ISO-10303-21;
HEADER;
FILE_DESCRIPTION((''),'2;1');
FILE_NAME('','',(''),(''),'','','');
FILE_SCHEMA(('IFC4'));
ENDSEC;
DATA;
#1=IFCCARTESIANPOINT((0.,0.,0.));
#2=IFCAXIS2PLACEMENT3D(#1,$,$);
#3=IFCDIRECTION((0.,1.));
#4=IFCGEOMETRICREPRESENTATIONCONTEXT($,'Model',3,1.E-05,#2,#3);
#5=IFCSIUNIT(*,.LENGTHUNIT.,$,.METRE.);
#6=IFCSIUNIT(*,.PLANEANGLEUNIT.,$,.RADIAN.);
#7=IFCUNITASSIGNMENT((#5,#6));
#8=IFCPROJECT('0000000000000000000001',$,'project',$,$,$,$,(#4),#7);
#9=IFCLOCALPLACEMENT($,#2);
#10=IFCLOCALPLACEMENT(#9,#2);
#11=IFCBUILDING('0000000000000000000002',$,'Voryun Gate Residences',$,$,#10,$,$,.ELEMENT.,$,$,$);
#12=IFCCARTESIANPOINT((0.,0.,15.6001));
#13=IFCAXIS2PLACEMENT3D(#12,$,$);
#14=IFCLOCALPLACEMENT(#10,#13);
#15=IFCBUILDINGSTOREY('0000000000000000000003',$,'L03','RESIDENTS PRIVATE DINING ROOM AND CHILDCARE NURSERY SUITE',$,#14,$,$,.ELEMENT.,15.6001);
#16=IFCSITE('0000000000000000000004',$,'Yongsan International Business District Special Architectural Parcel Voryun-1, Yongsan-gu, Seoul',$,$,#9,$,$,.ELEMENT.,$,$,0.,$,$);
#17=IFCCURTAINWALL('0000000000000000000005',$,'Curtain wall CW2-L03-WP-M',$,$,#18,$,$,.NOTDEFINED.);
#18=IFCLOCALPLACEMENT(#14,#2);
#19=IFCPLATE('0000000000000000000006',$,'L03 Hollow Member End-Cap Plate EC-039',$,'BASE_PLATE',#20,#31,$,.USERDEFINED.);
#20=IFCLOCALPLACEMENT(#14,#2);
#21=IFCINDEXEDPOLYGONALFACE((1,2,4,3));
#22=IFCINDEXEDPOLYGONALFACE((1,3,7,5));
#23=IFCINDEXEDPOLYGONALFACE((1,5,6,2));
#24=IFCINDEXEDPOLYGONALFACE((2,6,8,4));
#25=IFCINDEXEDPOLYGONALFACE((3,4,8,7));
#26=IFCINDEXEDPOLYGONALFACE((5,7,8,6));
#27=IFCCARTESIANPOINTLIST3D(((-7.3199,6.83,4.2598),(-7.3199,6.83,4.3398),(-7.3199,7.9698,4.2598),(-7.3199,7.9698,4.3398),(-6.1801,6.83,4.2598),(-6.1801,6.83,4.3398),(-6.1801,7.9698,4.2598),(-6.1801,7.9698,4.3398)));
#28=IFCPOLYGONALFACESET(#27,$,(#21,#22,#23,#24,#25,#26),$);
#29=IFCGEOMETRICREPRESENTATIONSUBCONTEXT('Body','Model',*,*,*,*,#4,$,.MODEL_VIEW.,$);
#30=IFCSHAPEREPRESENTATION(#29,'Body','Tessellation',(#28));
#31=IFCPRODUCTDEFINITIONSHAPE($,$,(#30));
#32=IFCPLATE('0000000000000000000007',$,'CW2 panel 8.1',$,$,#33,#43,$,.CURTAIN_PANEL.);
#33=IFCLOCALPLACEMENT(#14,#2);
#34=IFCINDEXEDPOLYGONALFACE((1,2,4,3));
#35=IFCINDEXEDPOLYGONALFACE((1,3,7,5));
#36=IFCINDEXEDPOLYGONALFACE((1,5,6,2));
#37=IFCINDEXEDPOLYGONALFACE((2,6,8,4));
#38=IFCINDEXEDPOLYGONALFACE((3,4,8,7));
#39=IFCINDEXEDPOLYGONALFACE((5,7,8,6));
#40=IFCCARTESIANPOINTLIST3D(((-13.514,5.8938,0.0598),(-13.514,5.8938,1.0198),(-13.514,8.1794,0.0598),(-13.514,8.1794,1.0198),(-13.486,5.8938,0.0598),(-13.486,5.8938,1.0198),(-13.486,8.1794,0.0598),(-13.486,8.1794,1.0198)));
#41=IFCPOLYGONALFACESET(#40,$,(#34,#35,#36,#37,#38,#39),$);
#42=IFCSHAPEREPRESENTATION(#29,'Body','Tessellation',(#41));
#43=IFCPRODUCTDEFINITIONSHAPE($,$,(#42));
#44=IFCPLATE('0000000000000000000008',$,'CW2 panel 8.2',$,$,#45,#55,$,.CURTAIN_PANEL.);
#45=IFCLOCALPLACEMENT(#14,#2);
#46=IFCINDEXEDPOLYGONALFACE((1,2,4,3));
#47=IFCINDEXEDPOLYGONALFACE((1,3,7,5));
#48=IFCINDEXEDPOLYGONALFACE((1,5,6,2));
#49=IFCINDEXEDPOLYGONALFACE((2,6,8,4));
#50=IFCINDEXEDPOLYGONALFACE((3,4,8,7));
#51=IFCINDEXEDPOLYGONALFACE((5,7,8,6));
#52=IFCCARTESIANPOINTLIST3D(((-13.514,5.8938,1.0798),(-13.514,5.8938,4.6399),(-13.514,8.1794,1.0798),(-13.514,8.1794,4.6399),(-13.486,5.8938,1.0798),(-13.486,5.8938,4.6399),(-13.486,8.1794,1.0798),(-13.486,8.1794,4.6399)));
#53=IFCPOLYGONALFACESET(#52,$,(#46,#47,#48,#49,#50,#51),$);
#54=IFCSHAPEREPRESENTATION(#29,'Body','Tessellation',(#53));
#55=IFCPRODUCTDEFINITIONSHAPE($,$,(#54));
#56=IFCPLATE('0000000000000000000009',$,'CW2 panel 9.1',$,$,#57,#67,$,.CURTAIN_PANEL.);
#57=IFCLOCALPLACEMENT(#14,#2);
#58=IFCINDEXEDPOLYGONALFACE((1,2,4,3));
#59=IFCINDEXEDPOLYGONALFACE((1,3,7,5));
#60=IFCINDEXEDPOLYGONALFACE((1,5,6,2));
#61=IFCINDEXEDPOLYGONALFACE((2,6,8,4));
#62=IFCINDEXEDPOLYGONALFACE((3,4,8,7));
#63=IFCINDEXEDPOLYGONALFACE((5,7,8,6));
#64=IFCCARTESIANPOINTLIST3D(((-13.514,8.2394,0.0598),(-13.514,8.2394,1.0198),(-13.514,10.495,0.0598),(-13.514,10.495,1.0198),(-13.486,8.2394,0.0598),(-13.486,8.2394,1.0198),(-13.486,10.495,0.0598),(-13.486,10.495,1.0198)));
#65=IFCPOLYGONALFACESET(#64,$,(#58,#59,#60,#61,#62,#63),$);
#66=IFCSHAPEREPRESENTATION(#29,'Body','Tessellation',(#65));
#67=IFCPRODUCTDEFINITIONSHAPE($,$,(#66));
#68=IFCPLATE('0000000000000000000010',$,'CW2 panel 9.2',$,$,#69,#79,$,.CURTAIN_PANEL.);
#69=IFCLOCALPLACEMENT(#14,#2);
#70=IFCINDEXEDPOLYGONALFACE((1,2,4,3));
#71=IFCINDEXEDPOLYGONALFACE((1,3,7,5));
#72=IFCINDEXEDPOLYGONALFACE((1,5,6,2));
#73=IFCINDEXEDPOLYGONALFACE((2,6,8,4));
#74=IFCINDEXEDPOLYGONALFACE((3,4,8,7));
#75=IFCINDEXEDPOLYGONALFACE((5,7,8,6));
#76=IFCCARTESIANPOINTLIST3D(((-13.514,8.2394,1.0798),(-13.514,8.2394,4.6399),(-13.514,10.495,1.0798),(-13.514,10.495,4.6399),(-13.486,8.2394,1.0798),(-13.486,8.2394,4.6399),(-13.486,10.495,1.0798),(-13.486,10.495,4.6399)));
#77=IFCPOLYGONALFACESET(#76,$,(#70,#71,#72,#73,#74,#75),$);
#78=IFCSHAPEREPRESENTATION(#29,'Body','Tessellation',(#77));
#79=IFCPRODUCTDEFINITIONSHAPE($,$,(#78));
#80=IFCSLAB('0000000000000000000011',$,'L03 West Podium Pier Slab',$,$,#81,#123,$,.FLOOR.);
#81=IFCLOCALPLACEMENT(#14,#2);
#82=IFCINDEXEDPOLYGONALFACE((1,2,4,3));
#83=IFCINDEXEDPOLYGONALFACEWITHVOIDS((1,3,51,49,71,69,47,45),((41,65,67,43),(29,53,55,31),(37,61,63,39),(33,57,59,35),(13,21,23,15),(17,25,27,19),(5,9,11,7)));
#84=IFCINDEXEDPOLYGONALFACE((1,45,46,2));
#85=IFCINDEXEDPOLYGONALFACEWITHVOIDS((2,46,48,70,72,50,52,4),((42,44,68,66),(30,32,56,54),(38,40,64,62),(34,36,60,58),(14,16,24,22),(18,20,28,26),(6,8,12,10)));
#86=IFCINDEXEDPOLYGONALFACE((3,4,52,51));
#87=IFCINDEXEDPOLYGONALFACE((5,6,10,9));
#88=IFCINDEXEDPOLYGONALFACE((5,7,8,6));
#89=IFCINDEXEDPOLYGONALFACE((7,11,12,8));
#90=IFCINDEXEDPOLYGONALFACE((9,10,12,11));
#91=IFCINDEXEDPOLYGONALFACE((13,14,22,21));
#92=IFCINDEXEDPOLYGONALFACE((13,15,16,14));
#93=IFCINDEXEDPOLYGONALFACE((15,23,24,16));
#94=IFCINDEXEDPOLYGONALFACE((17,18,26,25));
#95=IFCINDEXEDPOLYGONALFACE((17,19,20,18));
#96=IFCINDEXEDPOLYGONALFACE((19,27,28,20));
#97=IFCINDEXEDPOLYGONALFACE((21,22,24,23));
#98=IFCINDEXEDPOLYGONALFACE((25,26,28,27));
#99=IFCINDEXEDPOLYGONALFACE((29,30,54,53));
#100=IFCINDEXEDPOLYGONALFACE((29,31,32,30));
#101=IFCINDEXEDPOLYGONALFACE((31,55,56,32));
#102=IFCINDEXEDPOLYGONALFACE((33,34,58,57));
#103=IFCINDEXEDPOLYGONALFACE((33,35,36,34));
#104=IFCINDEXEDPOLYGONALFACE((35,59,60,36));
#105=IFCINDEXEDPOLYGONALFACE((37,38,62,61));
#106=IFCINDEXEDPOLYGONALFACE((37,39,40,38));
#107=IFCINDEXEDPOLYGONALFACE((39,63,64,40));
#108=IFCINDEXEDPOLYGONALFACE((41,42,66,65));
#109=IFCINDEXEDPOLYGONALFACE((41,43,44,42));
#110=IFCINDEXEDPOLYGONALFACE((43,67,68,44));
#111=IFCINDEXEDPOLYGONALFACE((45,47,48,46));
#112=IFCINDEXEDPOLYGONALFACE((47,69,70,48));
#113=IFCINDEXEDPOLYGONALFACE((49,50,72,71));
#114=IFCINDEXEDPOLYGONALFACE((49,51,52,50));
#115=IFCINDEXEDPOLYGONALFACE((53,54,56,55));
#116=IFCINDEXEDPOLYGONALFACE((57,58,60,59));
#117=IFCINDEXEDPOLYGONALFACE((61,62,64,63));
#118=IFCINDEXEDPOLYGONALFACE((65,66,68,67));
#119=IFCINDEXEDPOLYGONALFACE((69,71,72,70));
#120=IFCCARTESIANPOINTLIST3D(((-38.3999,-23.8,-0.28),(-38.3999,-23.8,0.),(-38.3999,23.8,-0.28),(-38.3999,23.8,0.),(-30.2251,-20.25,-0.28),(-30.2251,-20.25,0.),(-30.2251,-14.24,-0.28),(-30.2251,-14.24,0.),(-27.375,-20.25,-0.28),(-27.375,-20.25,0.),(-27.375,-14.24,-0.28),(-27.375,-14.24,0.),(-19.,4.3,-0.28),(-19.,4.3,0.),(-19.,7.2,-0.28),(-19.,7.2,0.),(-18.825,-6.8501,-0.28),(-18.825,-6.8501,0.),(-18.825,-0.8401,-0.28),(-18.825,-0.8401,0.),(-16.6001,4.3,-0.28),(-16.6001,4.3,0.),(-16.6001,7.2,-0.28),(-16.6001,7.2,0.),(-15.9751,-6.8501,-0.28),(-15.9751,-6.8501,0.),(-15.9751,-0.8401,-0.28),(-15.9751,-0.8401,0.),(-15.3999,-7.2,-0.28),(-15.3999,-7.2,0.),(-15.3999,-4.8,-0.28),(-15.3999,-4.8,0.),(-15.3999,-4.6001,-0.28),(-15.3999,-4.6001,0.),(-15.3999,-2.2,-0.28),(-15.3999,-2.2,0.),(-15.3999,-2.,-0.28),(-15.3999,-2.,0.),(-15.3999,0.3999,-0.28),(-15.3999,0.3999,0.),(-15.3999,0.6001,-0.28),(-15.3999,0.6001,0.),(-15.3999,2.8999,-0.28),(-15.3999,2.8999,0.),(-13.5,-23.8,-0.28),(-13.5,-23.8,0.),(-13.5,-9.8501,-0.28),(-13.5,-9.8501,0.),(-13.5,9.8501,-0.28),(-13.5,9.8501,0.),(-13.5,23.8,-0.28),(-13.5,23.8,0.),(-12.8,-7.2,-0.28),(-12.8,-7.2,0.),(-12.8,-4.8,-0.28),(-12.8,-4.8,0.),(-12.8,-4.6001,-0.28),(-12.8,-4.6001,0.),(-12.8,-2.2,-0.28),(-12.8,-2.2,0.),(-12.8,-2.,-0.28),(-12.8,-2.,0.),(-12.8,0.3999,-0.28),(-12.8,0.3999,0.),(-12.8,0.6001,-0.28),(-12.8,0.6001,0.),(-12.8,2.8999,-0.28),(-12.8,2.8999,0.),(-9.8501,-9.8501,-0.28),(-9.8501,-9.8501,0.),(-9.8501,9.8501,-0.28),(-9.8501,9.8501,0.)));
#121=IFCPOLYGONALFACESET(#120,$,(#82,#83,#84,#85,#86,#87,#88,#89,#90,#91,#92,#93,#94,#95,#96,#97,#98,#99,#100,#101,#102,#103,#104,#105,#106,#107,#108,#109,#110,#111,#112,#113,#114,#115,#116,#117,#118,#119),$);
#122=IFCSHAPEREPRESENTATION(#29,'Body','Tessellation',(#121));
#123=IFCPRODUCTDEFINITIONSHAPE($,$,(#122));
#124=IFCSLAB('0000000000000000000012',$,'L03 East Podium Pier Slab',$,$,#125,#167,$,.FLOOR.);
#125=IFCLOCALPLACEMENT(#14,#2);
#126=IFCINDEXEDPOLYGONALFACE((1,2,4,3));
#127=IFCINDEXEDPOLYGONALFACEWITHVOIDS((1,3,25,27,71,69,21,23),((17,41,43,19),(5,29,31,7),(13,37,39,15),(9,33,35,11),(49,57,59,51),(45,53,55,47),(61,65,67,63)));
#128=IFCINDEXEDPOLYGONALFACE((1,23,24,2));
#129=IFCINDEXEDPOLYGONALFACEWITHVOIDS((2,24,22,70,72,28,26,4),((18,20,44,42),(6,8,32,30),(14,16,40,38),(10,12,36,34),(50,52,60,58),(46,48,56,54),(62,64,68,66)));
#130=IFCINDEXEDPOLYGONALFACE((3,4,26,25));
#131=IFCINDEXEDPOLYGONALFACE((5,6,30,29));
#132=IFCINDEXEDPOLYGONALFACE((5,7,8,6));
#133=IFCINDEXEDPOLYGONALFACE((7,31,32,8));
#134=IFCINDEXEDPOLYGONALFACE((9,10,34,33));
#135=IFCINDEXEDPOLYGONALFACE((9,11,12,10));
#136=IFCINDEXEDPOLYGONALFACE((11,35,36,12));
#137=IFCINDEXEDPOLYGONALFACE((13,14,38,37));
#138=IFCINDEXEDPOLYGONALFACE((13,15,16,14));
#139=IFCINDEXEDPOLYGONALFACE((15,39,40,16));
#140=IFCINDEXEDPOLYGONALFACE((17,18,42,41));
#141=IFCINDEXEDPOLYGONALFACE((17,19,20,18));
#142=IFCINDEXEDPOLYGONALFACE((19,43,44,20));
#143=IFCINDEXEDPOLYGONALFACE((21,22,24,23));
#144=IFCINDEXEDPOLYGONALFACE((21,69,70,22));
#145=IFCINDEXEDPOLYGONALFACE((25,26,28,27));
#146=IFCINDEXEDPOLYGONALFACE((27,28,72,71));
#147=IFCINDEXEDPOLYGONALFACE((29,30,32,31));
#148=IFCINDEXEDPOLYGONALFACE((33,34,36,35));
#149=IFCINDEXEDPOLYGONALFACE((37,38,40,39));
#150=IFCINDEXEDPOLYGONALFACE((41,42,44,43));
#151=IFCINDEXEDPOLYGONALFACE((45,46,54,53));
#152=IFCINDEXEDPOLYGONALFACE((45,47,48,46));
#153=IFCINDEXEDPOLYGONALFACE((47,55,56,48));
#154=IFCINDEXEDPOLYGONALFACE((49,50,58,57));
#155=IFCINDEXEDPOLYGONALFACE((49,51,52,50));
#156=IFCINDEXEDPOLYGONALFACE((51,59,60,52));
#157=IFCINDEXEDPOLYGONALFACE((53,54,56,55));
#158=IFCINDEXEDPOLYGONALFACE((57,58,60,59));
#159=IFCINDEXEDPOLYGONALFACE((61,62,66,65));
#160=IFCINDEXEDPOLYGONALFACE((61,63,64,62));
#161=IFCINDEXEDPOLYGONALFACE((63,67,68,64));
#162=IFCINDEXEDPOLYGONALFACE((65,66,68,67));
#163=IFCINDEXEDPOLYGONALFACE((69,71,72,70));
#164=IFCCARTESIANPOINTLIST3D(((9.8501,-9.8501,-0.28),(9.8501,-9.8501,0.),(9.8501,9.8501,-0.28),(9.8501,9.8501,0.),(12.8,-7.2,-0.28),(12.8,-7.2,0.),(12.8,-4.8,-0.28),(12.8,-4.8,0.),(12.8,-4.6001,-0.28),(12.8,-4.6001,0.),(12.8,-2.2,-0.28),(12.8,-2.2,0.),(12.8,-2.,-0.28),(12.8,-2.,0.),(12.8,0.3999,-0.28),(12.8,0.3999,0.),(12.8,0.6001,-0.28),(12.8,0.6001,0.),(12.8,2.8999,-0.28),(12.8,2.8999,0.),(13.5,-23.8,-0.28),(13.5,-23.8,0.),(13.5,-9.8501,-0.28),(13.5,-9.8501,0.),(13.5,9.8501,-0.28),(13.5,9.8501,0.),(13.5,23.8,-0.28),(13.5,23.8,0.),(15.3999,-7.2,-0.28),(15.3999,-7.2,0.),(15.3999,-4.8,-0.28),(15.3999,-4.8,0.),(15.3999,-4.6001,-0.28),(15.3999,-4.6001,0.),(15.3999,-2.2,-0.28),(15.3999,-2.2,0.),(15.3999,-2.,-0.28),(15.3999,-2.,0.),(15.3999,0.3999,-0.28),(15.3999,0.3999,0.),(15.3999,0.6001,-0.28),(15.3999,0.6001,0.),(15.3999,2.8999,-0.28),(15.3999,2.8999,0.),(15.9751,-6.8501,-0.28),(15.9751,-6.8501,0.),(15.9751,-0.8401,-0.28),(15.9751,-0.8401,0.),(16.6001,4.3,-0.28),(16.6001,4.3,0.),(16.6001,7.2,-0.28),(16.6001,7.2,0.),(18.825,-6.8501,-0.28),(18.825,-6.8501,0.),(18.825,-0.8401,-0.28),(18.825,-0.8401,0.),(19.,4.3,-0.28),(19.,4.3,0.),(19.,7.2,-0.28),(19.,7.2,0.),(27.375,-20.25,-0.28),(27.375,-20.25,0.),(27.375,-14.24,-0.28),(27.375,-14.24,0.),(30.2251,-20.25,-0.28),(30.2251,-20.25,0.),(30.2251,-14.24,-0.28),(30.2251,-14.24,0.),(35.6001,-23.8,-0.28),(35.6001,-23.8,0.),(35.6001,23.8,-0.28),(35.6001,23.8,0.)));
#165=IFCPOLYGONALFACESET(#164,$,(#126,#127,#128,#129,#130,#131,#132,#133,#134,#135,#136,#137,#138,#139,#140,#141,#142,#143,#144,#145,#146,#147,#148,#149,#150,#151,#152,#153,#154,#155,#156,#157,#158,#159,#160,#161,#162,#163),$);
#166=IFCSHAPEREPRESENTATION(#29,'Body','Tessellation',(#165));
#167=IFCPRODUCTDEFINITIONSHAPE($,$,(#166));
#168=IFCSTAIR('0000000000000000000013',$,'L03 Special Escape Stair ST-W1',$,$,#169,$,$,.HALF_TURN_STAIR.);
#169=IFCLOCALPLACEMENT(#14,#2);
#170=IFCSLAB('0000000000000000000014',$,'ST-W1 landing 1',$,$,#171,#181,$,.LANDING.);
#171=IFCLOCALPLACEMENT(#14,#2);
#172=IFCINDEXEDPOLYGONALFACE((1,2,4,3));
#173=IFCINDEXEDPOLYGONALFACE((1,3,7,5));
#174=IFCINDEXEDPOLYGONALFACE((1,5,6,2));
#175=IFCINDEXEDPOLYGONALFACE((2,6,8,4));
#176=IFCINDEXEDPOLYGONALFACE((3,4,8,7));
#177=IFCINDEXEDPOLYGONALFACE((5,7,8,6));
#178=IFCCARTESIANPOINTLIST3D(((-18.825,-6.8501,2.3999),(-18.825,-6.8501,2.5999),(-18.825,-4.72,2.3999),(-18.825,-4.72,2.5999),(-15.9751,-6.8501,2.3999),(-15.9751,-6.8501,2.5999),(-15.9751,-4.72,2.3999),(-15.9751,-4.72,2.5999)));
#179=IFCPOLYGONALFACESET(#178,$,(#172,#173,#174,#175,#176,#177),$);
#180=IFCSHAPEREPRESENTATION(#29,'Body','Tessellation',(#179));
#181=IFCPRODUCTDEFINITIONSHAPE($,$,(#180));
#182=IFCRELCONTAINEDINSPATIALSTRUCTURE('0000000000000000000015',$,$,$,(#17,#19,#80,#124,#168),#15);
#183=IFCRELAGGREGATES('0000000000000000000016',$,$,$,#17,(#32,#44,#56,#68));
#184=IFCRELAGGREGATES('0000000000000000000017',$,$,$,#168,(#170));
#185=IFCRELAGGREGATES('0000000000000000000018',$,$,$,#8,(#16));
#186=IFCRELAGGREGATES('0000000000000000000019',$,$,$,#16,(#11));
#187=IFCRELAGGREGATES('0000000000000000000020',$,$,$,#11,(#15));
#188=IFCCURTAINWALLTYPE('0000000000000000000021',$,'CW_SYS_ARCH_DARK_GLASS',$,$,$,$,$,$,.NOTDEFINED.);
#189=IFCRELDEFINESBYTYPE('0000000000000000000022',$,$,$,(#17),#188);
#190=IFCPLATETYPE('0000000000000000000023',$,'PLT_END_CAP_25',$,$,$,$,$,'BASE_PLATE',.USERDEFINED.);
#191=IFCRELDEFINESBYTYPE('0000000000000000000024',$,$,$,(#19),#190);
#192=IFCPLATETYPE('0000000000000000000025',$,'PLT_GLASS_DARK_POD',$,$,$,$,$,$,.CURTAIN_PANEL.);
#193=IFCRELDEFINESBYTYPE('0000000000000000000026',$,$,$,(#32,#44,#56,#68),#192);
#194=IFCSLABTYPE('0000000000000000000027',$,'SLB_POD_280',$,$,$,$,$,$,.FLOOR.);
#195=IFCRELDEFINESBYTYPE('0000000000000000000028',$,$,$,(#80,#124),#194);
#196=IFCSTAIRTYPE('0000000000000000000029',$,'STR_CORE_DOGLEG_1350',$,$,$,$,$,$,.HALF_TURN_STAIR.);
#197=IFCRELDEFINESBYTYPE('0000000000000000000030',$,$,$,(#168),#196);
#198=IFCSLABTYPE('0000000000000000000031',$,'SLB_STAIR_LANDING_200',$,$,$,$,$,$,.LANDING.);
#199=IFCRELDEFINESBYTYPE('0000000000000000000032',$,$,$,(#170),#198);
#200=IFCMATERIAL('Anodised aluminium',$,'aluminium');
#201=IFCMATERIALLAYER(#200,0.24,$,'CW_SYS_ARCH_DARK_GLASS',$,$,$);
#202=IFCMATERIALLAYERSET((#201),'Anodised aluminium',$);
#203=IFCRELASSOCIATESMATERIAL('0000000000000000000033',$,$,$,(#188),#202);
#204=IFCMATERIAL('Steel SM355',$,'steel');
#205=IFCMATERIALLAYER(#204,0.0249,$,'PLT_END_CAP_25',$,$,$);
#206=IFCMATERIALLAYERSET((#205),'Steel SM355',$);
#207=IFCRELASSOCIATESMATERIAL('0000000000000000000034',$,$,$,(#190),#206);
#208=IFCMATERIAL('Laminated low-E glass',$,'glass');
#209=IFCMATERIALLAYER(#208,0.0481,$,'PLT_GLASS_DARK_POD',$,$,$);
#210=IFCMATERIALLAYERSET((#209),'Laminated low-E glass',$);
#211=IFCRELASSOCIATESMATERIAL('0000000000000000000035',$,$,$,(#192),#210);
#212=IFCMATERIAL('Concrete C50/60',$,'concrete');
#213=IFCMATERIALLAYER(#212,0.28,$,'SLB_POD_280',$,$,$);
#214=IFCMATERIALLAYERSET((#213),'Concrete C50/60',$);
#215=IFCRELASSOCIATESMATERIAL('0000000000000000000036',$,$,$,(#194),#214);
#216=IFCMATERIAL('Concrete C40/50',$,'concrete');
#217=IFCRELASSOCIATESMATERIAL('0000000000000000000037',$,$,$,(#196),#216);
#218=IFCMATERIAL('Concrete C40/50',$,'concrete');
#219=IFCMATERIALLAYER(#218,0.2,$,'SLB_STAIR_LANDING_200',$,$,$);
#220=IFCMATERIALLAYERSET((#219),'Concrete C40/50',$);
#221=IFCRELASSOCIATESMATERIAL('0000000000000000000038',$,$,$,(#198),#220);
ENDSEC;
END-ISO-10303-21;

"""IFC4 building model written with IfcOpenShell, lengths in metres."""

from ifc_helpers import new_model, si_unit, direction, frame, origin, origin_2d, place, context, subcontext, project, spatial, polyline, rectangle, outline, extrude, material, layer, layer_set, type_object, element, aggregate, save


model = new_model("IFC4")

# Units and contexts
model_context = context("Model", 3, precision=1e-05, world=origin(), true_north=direction((0.0, 1.0)))
body_context = subcontext(model_context, "Body", "Model", "MODEL_VIEW")
ifc_project = project(units=[si_unit("LENGTHUNIT", "METRE"), si_unit("PLANEANGLEUNIT", "RADIAN")], contexts=[model_context])

# Site, building, storey
site_placement = place(None, origin())
site = spatial("IfcSite", under=ifc_project, at=site_placement, Name="Yongsan International Business District Special Architectural Parcel Voryun-1, Yongsan-gu, Seoul", CompositionType="ELEMENT", RefElevation=0.0)
building_placement = place(site_placement, origin())
building = spatial("IfcBuilding", under=site, at=building_placement, Name="Voryun Gate Residences", CompositionType="ELEMENT")
storey_placement = place(building_placement, frame((0.0, 0.0, 15.6001)))
storey = spatial("IfcBuildingStorey", under=building, at=storey_placement, Name="L03", Description="RESIDENTS PRIVATE DINING ROOM AND CHILDCARE NURSERY SUITE", CompositionType="ELEMENT", Elevation=15.6001)

# Curtain wall
ifc_material_1 = material(Name="Anodised aluminium", Category="aluminium")
ifc_layer_1 = layer(ifc_material_1, 0.24, Name="CW_SYS_ARCH_DARK_GLASS")
ifc_layer_set_1 = layer_set([ifc_layer_1], Name="Anodised aluminium")
curtain_wall_type = type_object("IfcCurtainWallType", Name="CW_SYS_ARCH_DARK_GLASS", PredefinedType="NOTDEFINED", material=ifc_layer_set_1)
curtain_wall_placement = place(storey_placement, origin())
curtain_wall = element("IfcCurtainWall", 1, at=curtain_wall_placement, inside=storey, type_object=curtain_wall_type, Name="Curtain wall CW2-L03-WP-M", PredefinedType="NOTDEFINED")

# Plates
ifc_material_2 = material(Name="Steel SM355", Category="steel")
ifc_layer_2 = layer(ifc_material_2, 0.0249, Name="PLT_END_CAP_25")
ifc_layer_set_2 = layer_set([ifc_layer_2], Name="Steel SM355")
plate_type_1 = type_object("IfcPlateType", Name="PLT_END_CAP_25", ElementType="BASE_PLATE", PredefinedType="USERDEFINED", material=ifc_layer_set_2)
plate_1_placement = place(storey_placement, frame((-6.75, 7.3999, 4.2598), z_axis=(0.0, 0.0, 1.0), x_axis=(1.0, 0.0, 0.0)))
element("IfcPlate", 2, at=plate_1_placement, inside=storey, type_object=plate_type_1, Name="L03 Hollow Member End-Cap Plate EC-039", ObjectType="BASE_PLATE", PredefinedType="USERDEFINED", context=body_context, shape_type="SweptSolid", body=[
    extrude(rectangle(XDim=1.1399, YDim=1.1399, at=origin_2d()), origin(), (0.0, 0.0, 1.0), 0.0801),
])
ifc_material_3 = material(Name="Laminated low-E glass", Category="glass")
ifc_layer_3 = layer(ifc_material_3, 0.0481, Name="PLT_GLASS_DARK_POD")
ifc_layer_set_3 = layer_set([ifc_layer_3], Name="Laminated low-E glass")
plate_type_2 = type_object("IfcPlateType", Name="PLT_GLASS_DARK_POD", PredefinedType="CURTAIN_PANEL", material=ifc_layer_set_3)
plate_2_placement = place(storey_placement, frame((-13.5, 7.0366, 0.0598), z_axis=(0.0, 0.0, 1.0), x_axis=(0.0, 1.0, 0.0)))
plate_2 = element("IfcPlate", 3, at=plate_2_placement, type_object=plate_type_2, Name="CW2 panel 8.1", PredefinedType="CURTAIN_PANEL", context=body_context, shape_type="SweptSolid", body=[
    extrude(rectangle(XDim=2.2856, YDim=0.0281, at=origin_2d()), origin(), (0.0, 0.0, 1.0), 0.96),
])
plate_3_placement = place(storey_placement, frame((-13.5, 7.0366, 1.0798), z_axis=(0.0, 0.0, 1.0), x_axis=(0.0, 1.0, 0.0)))
plate_3 = element("IfcPlate", 4, at=plate_3_placement, type_object=plate_type_2, Name="CW2 panel 8.2", PredefinedType="CURTAIN_PANEL", context=body_context, shape_type="SweptSolid", body=[
    extrude(rectangle(XDim=2.2856, YDim=0.0281, at=origin_2d()), origin(), (0.0, 0.0, 1.0), 3.5601),
])
plate_4_placement = place(storey_placement, frame((-13.5, 9.3672, 0.0598), z_axis=(0.0, 0.0, 1.0), x_axis=(0.0, 1.0, 0.0)))
plate_4 = element("IfcPlate", 5, at=plate_4_placement, type_object=plate_type_2, Name="CW2 panel 9.1", PredefinedType="CURTAIN_PANEL", context=body_context, shape_type="SweptSolid", body=[
    extrude(rectangle(XDim=2.2556, YDim=0.0281, at=origin_2d()), origin(), (0.0, 0.0, 1.0), 0.96),
])
plate_5_placement = place(storey_placement, frame((-13.5, 9.3672, 1.0798), z_axis=(0.0, 0.0, 1.0), x_axis=(0.0, 1.0, 0.0)))
plate_5 = element("IfcPlate", 6, at=plate_5_placement, type_object=plate_type_2, Name="CW2 panel 9.2", PredefinedType="CURTAIN_PANEL", context=body_context, shape_type="SweptSolid", body=[
    extrude(rectangle(XDim=2.2556, YDim=0.0281, at=origin_2d()), origin(), (0.0, 0.0, 1.0), 3.5601),
])
aggregate(curtain_wall, [plate_2, plate_3, plate_4, plate_5])

# Slabs
ifc_material_4 = material(Name="Concrete C50/60", Category="concrete")
ifc_layer_4 = layer(ifc_material_4, 0.28, Name="SLB_POD_280")
ifc_layer_set_4 = layer_set([ifc_layer_4], Name="Concrete C50/60")
slab_type_1 = type_object("IfcSlabType", Name="SLB_POD_280", PredefinedType="FLOOR", material=ifc_layer_set_4)
slab_1_placement = place(storey_placement, frame((0.0, 0.0, -0.28)))
element("IfcSlab", 7, at=slab_1_placement, inside=storey, type_object=slab_type_1, Name="L03 West Podium Pier Slab", PredefinedType="FLOOR", context=body_context, shape_type="SweptSolid", body=[
    extrude(outline(polyline([(-38.3999, -23.8), (-38.3999, 23.8), (-13.5, 23.8), (-13.5, 9.8501), (-9.8501, 9.8501), (-9.8501, -9.8501), (-13.5, -9.8501), (-13.5, -23.8), (-38.3999, -23.8)]), holes=[polyline([(-27.375, -20.25), (-27.375, -14.24), (-30.2251, -14.24), (-30.2251, -20.25), (-27.375, -20.25)]), polyline([(-12.8, -7.2), (-12.8, -4.8), (-15.3999, -4.8), (-15.3999, -7.2), (-12.8, -7.2)]), polyline([(-18.825, -6.8501), (-15.9751, -6.8501), (-15.9751, -0.8401), (-18.825, -0.8401), (-18.825, -6.8501)]), polyline([(-12.8, -4.6001), (-12.8, -2.2), (-15.3999, -2.2), (-15.3999, -4.6001), (-12.8, -4.6001)]), polyline([(-12.8, -2.0), (-12.8, 0.3999), (-15.3999, 0.3999), (-15.3999, -2.0), (-12.8, -2.0)]), polyline([(-12.8, 0.6001), (-12.8, 2.8999), (-15.3999, 2.8999), (-15.3999, 0.6001), (-12.8, 0.6001)]), polyline([(-16.6001, 4.3), (-16.6001, 7.2), (-19.0, 7.2), (-19.0, 4.3), (-16.6001, 4.3)])]), origin(), (0.0, 0.0, 1.0), 0.28),
])
slab_2_placement = place(storey_placement, frame((0.0, 0.0, -0.28)))
element("IfcSlab", 8, at=slab_2_placement, inside=storey, type_object=slab_type_1, Name="L03 East Podium Pier Slab", PredefinedType="FLOOR", context=body_context, shape_type="SweptSolid", body=[
    extrude(outline(polyline([(9.8501, 9.8501), (13.5, 9.8501), (13.5, 23.8), (35.6001, 23.8), (35.6001, -23.8), (13.5, -23.8), (13.5, -9.8501), (9.8501, -9.8501), (9.8501, 9.8501)]), holes=[polyline([(30.2251, -20.25), (30.2251, -14.24), (27.375, -14.24), (27.375, -20.25), (30.2251, -20.25)]), polyline([(15.3999, -7.2), (15.3999, -4.8), (12.8, -4.8), (12.8, -7.2), (15.3999, -7.2)]), polyline([(15.9751, -6.8501), (18.825, -6.8501), (18.825, -0.8401), (15.9751, -0.8401), (15.9751, -6.8501)]), polyline([(15.3999, -4.6001), (15.3999, -2.2), (12.8, -2.2), (12.8, -4.6001), (15.3999, -4.6001)]), polyline([(15.3999, -2.0), (15.3999, 0.3999), (12.8, 0.3999), (12.8, -2.0), (15.3999, -2.0)]), polyline([(15.3999, 0.6001), (15.3999, 2.8999), (12.8, 2.8999), (12.8, 0.6001), (15.3999, 0.6001)]), polyline([(19.0, 4.3), (19.0, 7.2), (16.6001, 7.2), (16.6001, 4.3), (19.0, 4.3)])]), origin(), (0.0, 0.0, 1.0), 0.28),
])

# Stair, slab
ifc_material_5 = material(Name="Concrete C40/50", Category="concrete")
stair_type_1 = type_object("IfcStairType", Name="STR_CORE_DOGLEG_1350", PredefinedType="HALF_TURN_STAIR", material=ifc_material_5)
stair_1_placement = place(storey_placement, origin())
stair_1 = element("IfcStair", 9, at=stair_1_placement, inside=storey, type_object=stair_type_1, Name="L03 Special Escape Stair ST-W1", PredefinedType="HALF_TURN_STAIR")
ifc_material_6 = material(Name="Concrete C40/50", Category="concrete")
ifc_layer_5 = layer(ifc_material_6, 0.2, Name="SLB_STAIR_LANDING_200")
ifc_layer_set_5 = layer_set([ifc_layer_5], Name="Concrete C40/50")
slab_type_2 = type_object("IfcSlabType", Name="SLB_STAIR_LANDING_200", PredefinedType="LANDING", material=ifc_layer_set_5)
slab_3_placement = place(storey_placement, frame((0.0, 0.0, 2.3999)))
slab_3 = element("IfcSlab", 10, at=slab_3_placement, type_object=slab_type_2, Name="ST-W1 landing 1", PredefinedType="LANDING", context=body_context, shape_type="SweptSolid", body=[
    extrude(outline(polyline([(-18.825, -4.72), (-18.825, -6.8501), (-15.9751, -6.8501), (-15.9751, -4.72), (-18.825, -4.72)])), origin(), (0.0, 0.0, 1.0), 0.2),
])
aggregate(stair_1, [slab_3])

save(model, "model.ifc")
